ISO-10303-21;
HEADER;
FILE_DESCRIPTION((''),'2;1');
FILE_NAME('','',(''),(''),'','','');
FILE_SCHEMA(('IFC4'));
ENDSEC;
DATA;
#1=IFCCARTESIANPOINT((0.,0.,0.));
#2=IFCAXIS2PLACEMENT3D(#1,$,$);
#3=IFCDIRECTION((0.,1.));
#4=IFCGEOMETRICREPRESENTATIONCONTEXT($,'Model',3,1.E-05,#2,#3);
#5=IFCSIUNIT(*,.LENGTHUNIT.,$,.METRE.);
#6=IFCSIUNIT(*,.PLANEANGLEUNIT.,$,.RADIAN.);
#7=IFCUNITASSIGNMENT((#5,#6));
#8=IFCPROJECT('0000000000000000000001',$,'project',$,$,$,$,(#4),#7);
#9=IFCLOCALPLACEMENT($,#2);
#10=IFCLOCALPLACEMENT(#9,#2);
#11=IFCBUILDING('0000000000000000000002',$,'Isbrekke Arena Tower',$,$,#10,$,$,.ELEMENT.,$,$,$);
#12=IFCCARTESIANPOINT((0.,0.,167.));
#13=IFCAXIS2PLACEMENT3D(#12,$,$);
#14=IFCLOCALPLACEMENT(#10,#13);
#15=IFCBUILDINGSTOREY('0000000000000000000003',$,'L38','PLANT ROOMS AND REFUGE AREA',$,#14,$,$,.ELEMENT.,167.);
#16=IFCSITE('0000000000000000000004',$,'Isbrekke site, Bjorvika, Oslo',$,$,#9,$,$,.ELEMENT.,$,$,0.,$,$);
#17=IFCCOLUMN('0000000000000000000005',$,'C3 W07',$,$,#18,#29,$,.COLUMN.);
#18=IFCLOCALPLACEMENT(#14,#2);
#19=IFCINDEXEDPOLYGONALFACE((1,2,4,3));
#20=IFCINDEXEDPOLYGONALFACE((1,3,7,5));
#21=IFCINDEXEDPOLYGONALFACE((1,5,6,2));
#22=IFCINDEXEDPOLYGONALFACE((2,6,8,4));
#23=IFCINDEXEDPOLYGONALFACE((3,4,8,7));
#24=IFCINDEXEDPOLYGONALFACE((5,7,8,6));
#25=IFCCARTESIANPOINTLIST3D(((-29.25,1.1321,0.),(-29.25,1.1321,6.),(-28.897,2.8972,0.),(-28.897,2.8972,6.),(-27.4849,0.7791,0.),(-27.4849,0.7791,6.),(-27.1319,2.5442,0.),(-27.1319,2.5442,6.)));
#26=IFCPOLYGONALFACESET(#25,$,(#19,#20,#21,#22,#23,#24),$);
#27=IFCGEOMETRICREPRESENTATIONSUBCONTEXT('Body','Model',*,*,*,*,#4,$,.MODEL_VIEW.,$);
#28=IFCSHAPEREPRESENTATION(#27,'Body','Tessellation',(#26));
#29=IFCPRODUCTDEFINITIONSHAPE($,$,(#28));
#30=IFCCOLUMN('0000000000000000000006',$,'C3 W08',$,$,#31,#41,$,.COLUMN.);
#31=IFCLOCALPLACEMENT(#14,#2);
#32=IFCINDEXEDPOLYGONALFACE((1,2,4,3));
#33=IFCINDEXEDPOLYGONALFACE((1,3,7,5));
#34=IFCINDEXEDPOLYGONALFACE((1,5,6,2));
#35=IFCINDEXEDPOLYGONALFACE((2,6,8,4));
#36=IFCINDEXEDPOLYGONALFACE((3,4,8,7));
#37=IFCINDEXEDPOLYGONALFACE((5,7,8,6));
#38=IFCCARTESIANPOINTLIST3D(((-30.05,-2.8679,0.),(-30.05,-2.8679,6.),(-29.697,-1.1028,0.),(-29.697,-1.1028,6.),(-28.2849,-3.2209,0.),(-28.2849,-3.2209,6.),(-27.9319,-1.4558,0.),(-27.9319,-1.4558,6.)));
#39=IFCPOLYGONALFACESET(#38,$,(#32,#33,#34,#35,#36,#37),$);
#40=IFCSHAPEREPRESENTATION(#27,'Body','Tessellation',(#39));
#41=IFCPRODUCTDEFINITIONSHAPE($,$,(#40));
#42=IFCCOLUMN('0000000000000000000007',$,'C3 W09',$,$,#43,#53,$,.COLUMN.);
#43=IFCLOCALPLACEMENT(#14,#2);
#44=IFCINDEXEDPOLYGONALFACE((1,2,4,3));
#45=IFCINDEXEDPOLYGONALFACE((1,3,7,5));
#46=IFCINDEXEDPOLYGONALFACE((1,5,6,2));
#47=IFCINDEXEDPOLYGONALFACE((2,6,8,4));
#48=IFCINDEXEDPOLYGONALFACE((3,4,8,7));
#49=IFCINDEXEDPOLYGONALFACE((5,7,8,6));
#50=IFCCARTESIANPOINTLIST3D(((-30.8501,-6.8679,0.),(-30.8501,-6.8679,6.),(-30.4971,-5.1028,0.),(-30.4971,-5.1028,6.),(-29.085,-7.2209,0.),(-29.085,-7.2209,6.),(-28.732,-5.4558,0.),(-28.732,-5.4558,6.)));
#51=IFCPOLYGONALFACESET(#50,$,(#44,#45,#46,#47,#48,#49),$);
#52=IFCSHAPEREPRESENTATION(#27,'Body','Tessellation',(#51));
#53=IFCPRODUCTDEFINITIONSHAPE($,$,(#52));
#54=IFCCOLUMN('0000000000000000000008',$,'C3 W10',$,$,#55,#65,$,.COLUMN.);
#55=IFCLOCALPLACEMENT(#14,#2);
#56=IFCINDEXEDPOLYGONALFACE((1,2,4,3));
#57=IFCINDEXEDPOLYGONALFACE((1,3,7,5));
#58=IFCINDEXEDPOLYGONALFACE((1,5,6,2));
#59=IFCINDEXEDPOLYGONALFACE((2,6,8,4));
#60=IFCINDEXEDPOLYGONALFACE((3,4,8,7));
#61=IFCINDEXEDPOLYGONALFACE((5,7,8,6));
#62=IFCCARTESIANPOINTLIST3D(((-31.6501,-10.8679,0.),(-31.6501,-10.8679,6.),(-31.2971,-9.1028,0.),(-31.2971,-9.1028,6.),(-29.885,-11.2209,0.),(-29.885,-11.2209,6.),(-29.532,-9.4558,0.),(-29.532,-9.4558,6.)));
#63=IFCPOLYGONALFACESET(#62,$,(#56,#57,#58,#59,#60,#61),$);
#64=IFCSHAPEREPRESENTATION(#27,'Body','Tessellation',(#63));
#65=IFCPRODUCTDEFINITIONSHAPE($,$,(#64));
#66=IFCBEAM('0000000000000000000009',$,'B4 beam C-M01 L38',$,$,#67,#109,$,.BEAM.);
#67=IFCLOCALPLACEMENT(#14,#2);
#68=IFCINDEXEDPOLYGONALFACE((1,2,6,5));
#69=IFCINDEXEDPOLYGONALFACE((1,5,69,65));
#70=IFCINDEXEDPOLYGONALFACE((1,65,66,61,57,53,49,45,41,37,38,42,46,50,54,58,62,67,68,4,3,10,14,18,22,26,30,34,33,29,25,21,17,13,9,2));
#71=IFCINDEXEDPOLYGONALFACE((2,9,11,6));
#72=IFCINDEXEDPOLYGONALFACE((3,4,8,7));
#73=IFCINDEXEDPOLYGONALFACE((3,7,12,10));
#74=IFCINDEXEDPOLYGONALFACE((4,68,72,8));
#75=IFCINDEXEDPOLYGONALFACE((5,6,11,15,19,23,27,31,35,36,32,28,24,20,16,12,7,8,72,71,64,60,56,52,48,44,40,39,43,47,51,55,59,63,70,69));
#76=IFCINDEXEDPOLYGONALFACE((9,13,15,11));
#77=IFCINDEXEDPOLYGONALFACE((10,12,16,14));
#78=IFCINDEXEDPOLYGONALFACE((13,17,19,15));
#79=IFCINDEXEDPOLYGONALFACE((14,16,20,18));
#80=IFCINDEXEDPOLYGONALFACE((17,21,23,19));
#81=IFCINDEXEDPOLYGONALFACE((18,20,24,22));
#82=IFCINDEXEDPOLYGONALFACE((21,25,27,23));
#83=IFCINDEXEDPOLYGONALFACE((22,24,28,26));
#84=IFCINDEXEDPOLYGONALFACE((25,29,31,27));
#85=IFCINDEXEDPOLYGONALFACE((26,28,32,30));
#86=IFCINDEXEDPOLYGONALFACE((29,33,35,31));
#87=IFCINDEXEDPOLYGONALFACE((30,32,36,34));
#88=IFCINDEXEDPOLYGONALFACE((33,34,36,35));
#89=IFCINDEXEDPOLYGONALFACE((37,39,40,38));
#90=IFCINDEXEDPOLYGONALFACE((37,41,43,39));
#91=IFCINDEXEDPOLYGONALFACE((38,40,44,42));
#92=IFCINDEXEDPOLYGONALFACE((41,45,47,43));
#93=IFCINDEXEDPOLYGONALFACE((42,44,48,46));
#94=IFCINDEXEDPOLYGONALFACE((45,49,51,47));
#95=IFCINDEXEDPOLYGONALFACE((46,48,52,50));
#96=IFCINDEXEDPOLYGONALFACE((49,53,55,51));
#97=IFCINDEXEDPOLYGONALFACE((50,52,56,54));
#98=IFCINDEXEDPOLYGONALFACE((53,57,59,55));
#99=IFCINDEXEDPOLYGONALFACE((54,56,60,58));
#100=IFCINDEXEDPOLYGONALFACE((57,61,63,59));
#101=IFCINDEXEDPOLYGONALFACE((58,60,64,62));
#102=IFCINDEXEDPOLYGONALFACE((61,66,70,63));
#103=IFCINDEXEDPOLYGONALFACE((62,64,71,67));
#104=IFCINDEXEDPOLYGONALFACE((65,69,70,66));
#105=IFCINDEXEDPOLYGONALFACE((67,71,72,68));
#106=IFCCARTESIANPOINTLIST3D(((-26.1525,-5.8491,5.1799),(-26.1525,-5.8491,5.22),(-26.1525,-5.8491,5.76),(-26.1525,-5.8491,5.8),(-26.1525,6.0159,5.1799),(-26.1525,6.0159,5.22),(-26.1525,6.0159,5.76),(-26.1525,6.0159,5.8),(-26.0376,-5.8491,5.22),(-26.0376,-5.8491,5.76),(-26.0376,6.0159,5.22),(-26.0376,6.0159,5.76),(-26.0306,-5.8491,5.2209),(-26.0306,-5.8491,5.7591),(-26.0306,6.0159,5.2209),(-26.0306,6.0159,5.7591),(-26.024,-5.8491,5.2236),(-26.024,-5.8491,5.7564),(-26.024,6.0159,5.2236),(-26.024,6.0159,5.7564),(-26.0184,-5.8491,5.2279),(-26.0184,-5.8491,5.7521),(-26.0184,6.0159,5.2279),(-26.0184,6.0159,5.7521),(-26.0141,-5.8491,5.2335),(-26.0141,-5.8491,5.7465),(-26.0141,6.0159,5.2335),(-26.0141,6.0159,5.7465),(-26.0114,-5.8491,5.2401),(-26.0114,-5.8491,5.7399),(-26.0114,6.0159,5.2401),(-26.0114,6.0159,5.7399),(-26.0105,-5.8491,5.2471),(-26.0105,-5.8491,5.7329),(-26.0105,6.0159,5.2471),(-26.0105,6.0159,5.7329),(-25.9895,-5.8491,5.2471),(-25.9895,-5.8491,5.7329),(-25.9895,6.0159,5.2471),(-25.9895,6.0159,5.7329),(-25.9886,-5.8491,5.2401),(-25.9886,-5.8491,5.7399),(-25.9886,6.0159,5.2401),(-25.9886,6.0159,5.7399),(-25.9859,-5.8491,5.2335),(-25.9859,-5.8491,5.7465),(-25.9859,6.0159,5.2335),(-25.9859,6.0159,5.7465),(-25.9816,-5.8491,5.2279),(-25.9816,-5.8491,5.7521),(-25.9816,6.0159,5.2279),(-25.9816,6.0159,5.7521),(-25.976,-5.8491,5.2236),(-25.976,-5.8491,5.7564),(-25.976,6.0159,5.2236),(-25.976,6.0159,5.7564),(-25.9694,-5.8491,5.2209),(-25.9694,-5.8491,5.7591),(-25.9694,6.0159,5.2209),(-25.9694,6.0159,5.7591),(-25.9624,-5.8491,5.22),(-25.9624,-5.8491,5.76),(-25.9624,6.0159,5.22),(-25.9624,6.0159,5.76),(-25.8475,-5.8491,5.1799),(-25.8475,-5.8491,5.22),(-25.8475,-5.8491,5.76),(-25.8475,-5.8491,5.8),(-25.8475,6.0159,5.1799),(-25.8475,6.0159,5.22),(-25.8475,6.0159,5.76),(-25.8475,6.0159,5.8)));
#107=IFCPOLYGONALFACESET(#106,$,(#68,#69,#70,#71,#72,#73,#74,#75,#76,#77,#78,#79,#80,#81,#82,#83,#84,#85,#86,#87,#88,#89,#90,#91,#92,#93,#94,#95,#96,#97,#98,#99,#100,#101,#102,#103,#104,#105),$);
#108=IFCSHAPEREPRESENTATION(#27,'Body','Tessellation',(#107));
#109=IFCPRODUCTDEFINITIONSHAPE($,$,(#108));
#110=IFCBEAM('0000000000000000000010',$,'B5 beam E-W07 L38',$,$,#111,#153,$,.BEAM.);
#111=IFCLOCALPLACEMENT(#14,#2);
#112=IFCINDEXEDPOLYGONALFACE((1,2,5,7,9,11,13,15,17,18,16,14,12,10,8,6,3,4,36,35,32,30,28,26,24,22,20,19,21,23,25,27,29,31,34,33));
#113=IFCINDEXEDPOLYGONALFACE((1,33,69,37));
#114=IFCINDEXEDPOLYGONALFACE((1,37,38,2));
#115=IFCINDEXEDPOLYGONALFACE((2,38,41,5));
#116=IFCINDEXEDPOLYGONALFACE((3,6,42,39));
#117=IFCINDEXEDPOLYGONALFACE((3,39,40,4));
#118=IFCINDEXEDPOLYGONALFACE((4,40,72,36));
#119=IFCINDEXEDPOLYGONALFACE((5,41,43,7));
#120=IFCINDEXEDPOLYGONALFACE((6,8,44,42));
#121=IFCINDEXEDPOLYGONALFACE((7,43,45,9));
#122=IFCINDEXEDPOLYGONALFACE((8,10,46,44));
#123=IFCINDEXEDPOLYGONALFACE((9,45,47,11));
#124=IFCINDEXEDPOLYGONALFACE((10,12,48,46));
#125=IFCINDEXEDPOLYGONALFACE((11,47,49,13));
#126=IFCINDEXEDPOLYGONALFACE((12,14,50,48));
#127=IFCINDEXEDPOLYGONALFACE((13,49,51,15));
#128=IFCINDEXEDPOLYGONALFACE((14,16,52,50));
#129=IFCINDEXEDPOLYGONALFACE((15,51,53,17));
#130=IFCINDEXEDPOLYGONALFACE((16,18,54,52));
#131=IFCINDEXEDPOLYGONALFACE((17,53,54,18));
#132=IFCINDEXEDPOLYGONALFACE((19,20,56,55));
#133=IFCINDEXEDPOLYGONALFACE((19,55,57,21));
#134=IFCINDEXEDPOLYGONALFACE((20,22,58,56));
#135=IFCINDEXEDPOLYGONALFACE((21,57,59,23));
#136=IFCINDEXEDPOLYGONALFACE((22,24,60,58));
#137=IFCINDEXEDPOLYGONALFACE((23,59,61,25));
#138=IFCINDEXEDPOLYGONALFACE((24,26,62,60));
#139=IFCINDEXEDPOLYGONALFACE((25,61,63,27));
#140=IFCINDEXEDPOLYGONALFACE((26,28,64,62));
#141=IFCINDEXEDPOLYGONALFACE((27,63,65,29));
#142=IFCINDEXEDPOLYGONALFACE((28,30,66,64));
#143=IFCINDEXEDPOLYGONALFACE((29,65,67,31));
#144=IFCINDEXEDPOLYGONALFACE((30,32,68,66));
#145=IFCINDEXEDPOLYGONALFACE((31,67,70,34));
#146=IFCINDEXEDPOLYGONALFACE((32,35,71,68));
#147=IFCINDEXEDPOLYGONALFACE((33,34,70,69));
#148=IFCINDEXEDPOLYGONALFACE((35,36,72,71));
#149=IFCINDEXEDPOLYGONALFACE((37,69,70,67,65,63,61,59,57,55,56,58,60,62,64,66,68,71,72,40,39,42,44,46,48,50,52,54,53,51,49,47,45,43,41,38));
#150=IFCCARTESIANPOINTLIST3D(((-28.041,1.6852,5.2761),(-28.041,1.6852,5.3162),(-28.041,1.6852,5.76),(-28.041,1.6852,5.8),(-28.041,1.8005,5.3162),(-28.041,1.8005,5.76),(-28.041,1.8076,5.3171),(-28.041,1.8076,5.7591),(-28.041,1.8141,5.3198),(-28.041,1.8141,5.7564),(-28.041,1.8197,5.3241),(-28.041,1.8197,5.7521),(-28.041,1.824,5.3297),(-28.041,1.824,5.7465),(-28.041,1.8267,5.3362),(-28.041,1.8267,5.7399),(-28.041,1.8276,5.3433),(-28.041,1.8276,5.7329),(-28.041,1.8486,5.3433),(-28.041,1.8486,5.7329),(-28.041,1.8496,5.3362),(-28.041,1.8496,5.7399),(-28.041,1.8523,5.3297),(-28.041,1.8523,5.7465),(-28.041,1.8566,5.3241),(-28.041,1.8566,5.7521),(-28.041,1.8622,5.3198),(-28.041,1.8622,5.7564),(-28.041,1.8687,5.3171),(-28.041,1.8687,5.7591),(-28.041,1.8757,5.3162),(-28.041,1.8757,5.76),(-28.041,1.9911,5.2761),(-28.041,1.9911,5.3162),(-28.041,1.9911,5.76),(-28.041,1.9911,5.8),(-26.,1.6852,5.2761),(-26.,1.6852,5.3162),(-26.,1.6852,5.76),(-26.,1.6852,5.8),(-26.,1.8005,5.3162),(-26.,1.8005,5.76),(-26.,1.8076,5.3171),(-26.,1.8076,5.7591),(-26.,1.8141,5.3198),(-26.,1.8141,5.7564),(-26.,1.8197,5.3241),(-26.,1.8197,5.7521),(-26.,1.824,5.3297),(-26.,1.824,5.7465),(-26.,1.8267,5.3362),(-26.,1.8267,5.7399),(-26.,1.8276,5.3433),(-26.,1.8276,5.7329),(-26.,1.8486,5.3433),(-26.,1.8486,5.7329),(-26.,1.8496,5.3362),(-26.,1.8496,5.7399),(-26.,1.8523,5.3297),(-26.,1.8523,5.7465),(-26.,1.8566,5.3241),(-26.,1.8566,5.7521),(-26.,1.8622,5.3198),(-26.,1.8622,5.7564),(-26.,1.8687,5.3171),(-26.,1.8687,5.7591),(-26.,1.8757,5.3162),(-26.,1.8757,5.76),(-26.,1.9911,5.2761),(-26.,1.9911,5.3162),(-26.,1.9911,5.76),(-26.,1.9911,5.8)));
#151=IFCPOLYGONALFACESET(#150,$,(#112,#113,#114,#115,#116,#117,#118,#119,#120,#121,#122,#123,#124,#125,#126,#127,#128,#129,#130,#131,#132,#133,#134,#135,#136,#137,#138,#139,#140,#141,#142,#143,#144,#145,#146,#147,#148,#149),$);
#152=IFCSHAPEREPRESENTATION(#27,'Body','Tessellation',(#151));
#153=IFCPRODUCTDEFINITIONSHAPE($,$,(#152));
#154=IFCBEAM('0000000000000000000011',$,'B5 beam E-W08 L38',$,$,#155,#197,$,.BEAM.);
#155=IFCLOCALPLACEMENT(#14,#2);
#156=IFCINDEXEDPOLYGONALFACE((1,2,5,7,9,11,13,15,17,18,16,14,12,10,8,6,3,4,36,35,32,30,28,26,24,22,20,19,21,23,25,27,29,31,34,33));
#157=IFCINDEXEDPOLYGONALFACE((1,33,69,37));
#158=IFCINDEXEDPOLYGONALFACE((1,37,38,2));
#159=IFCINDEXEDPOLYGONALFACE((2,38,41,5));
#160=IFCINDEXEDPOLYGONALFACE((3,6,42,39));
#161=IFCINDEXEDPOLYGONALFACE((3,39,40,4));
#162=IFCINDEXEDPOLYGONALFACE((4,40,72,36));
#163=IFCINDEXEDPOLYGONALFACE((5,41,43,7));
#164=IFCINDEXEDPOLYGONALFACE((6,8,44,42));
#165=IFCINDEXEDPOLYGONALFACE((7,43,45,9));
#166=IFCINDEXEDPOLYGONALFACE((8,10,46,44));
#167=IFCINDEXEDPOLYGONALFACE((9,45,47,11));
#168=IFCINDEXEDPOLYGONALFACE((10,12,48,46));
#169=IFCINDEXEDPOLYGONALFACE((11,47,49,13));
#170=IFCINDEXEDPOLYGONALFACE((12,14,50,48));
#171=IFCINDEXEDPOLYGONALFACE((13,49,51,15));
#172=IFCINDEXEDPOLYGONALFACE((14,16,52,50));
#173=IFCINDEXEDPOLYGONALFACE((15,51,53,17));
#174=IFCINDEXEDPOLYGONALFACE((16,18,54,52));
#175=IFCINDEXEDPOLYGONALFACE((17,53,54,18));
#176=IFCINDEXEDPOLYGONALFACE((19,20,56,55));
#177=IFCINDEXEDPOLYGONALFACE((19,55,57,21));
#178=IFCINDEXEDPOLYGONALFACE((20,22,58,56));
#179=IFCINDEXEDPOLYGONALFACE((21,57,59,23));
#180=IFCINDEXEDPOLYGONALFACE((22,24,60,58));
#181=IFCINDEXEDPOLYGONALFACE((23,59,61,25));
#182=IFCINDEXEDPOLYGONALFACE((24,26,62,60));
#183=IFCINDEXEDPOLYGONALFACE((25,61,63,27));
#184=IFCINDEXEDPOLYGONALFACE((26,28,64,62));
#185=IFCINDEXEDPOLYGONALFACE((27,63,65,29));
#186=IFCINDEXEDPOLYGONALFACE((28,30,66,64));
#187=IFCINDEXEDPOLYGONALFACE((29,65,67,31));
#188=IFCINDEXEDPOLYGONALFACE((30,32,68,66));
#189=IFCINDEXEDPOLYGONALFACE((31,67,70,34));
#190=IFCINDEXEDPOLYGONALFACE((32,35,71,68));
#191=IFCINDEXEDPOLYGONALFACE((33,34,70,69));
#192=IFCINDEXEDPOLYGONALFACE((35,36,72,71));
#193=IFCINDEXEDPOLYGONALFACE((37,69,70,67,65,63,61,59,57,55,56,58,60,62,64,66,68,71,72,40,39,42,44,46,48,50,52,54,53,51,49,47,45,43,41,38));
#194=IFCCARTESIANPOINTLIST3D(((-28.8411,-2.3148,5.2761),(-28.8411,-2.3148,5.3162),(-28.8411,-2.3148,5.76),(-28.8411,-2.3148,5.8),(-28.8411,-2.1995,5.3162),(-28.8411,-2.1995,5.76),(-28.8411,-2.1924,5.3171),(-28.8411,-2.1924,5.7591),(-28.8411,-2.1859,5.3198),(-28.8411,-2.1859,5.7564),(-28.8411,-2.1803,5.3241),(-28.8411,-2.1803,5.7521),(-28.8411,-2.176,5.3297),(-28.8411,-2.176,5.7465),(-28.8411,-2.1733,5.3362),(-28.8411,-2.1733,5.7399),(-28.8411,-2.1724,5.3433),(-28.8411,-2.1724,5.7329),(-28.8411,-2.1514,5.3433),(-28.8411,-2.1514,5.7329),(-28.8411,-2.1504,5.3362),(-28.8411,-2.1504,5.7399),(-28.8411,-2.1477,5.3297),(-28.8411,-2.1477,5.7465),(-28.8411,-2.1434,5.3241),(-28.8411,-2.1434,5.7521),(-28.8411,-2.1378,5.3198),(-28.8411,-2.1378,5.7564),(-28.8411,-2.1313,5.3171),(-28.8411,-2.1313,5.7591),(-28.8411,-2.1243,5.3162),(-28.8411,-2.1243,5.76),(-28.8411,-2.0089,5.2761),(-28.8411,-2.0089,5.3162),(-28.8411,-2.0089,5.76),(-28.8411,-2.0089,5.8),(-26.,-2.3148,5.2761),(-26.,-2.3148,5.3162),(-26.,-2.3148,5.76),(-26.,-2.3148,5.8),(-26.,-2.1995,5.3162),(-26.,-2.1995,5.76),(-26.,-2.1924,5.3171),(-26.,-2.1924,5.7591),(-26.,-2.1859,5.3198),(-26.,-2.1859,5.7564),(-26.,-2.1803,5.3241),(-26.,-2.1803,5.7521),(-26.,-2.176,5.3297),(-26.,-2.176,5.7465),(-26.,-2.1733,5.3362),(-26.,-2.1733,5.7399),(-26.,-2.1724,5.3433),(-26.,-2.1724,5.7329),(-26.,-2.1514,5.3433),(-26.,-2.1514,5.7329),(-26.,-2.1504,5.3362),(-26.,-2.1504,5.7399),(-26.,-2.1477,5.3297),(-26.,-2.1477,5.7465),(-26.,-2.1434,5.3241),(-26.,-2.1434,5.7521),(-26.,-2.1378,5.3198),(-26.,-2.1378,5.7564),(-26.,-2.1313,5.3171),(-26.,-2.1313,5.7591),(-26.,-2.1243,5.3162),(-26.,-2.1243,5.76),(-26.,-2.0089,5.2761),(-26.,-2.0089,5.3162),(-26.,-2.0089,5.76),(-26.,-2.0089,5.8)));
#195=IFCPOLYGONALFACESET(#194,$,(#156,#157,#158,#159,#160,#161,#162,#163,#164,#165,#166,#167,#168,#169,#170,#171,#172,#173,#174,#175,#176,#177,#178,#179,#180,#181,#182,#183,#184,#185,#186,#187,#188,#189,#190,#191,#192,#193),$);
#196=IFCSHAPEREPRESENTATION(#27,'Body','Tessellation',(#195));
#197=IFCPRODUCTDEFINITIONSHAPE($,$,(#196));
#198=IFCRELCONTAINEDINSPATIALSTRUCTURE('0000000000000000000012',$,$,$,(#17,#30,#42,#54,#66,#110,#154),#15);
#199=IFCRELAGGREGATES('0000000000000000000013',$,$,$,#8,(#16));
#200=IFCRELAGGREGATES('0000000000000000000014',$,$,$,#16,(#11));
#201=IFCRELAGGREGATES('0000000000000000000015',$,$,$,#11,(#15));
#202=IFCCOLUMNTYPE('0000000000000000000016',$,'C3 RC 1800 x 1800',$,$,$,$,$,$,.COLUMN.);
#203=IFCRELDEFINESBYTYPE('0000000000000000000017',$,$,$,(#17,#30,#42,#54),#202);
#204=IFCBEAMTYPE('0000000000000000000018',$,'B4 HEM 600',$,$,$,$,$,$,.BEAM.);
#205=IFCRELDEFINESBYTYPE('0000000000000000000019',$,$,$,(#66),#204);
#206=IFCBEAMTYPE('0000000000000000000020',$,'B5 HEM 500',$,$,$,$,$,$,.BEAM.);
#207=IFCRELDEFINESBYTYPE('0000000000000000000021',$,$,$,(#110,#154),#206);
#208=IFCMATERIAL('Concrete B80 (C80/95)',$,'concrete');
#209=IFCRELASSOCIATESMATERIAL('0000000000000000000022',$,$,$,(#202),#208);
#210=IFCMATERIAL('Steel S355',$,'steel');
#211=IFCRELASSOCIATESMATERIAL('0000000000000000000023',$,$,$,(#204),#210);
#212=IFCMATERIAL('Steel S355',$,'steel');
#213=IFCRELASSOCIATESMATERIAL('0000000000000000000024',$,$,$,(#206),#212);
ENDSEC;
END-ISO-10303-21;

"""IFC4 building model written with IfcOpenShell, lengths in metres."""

from ifc_helpers import new_model, si_unit, direction, frame, origin, origin_2d, place, context, subcontext, project, spatial, rectangle, i_section, extrude, material, material_profile, profile_set, type_object, element, save


model = new_model("IFC4")

# Units and contexts
model_context = context("Model", 3, precision=1e-05, world=origin(), true_north=direction((0.0, 1.0)))
body_context = subcontext(model_context, "Body", "Model", "MODEL_VIEW")
ifc_project = project(units=[si_unit("LENGTHUNIT", "METRE"), si_unit("PLANEANGLEUNIT", "RADIAN")], contexts=[model_context])

# Site, building, storey
site_placement = place(None, origin())
site = spatial("IfcSite", under=ifc_project, at=site_placement, Name="Isbrekke site, Bjorvika, Oslo", CompositionType="ELEMENT", RefElevation=0.0)
building_placement = place(site_placement, origin())
building = spatial("IfcBuilding", under=site, at=building_placement, Name="Isbrekke Arena Tower", CompositionType="ELEMENT")
storey_placement = place(building_placement, frame((0.0, 0.0, 167.0)))
storey = spatial("IfcBuildingStorey", under=building, at=storey_placement, Name="L38", Description="PLANT ROOMS AND REFUGE AREA", CompositionType="ELEMENT", Elevation=167.0)

# Columns
ifc_material_1 = material(Name="Concrete B80 (C80/95)", Category="concrete")
ifc_material_profile_1 = material_profile(ifc_material_1, rectangle(XDim=1.8, YDim=1.8, at=origin_2d()), Name="RC 1800x1800")
ifc_profile_set_1 = profile_set([ifc_material_profile_1], Name="Concrete B80 (C80/95)")
column_type = type_object("IfcColumnType", Name="C3 RC 1800 x 1800", PredefinedType="COLUMN", material=ifc_profile_set_1)
for number, where, z_axis, x_axis, name in (
    (1, (-28.1909, 1.8381, 0.0), (0.0, 0.0, 1.0), (-0.196116, -0.980581, 0.0), "C3 W07"),
    (2, (-28.991, -2.1619, 0.0), (0.0, 0.0, 1.0), (-0.196116, -0.980581, 0.0), "C3 W08"),
    (3, (-29.791, -6.1619, 0.0), (0.0, 0.0, 1.0), (-0.196116, -0.980581, 0.0), "C3 W09"),
    (4, (-30.5911, -10.1619, 0.0), (0.0, 0.0, 1.0), (-0.196116, -0.980581, 0.0), "C3 W10"),
):
    element("IfcColumn", number, at=place(storey_placement, frame(where, z_axis=z_axis, x_axis=x_axis)), inside=storey, type_object=column_type, Name=name, PredefinedType="COLUMN", context=body_context, shape_type="SweptSolid", body=[
        extrude(rectangle(XDim=1.8, YDim=1.8, at=origin_2d()), origin(), (0.0, 0.0, 1.0), 6.0),
    ])

# Beams
ifc_material_2 = material(Name="Steel S355", Category="steel")
ifc_material_profile_2 = material_profile(ifc_material_2, i_section(OverallWidth=0.3049, OverallDepth=0.6201, WebThickness=0.021, FlangeThickness=0.04, FilletRadius=0.0271, at=origin_2d()), Name="HEM 600")
ifc_profile_set_2 = profile_set([ifc_material_profile_2], Name="Steel S355")
beam_type_1 = type_object("IfcBeamType", Name="B4 HEM 600", PredefinedType="BEAM", material=ifc_profile_set_2)
beam_1_placement = place(storey_placement, frame((-26.0, -5.8491, 5.49), z_axis=(0.0, 1.0, 0.0), x_axis=(-1.0, 0.0, 0.0)))
element("IfcBeam", 5, at=beam_1_placement, inside=storey, type_object=beam_type_1, Name="B4 beam C-M01 L38", PredefinedType="BEAM", context=body_context, shape_type="SweptSolid", body=[
    extrude(i_section(OverallWidth=0.3049, OverallDepth=0.6201, WebThickness=0.021, FlangeThickness=0.04, FilletRadius=0.0271, at=origin_2d()), origin(), (0.0, 0.0, 1.0), 11.865),
])
ifc_material_3 = material(Name="Steel S355", Category="steel")
ifc_material_profile_3 = material_profile(ifc_material_3, i_section(OverallWidth=0.3059, OverallDepth=0.5239, WebThickness=0.021, FlangeThickness=0.04, FilletRadius=0.0271, at=origin_2d()), Name="HEM 500")
ifc_profile_set_3 = profile_set([ifc_material_profile_3], Name="Steel S355")
beam_type_2 = type_object("IfcBeamType", Name="B5 HEM 500", PredefinedType="BEAM", material=ifc_profile_set_3)
beam_2_placement = place(storey_placement, frame((-28.041, 1.8381, 5.5381), z_axis=(1.0, 0.0, 0.0), x_axis=(0.0, 1.0, 0.0)))
element("IfcBeam", 6, at=beam_2_placement, inside=storey, type_object=beam_type_2, Name="B5 beam E-W07 L38", PredefinedType="BEAM", context=body_context, shape_type="SweptSolid", body=[
    extrude(i_section(OverallWidth=0.3059, OverallDepth=0.5239, WebThickness=0.021, FlangeThickness=0.04, FilletRadius=0.0271, at=origin_2d()), origin(), (0.0, 0.0, 1.0), 2.041),
])
beam_3_placement = place(storey_placement, frame((-28.8411, -2.1619, 5.5381), z_axis=(1.0, 0.0, 0.0), x_axis=(0.0, 1.0, 0.0)))
element("IfcBeam", 7, at=beam_3_placement, inside=storey, type_object=beam_type_2, Name="B5 beam E-W08 L38", PredefinedType="BEAM", context=body_context, shape_type="SweptSolid", body=[
    extrude(i_section(OverallWidth=0.3059, OverallDepth=0.5239, WebThickness=0.021, FlangeThickness=0.04, FilletRadius=0.0271, at=origin_2d()), origin(), (0.0, 0.0, 1.0), 2.8411),
])

save(model, "model.ifc")
